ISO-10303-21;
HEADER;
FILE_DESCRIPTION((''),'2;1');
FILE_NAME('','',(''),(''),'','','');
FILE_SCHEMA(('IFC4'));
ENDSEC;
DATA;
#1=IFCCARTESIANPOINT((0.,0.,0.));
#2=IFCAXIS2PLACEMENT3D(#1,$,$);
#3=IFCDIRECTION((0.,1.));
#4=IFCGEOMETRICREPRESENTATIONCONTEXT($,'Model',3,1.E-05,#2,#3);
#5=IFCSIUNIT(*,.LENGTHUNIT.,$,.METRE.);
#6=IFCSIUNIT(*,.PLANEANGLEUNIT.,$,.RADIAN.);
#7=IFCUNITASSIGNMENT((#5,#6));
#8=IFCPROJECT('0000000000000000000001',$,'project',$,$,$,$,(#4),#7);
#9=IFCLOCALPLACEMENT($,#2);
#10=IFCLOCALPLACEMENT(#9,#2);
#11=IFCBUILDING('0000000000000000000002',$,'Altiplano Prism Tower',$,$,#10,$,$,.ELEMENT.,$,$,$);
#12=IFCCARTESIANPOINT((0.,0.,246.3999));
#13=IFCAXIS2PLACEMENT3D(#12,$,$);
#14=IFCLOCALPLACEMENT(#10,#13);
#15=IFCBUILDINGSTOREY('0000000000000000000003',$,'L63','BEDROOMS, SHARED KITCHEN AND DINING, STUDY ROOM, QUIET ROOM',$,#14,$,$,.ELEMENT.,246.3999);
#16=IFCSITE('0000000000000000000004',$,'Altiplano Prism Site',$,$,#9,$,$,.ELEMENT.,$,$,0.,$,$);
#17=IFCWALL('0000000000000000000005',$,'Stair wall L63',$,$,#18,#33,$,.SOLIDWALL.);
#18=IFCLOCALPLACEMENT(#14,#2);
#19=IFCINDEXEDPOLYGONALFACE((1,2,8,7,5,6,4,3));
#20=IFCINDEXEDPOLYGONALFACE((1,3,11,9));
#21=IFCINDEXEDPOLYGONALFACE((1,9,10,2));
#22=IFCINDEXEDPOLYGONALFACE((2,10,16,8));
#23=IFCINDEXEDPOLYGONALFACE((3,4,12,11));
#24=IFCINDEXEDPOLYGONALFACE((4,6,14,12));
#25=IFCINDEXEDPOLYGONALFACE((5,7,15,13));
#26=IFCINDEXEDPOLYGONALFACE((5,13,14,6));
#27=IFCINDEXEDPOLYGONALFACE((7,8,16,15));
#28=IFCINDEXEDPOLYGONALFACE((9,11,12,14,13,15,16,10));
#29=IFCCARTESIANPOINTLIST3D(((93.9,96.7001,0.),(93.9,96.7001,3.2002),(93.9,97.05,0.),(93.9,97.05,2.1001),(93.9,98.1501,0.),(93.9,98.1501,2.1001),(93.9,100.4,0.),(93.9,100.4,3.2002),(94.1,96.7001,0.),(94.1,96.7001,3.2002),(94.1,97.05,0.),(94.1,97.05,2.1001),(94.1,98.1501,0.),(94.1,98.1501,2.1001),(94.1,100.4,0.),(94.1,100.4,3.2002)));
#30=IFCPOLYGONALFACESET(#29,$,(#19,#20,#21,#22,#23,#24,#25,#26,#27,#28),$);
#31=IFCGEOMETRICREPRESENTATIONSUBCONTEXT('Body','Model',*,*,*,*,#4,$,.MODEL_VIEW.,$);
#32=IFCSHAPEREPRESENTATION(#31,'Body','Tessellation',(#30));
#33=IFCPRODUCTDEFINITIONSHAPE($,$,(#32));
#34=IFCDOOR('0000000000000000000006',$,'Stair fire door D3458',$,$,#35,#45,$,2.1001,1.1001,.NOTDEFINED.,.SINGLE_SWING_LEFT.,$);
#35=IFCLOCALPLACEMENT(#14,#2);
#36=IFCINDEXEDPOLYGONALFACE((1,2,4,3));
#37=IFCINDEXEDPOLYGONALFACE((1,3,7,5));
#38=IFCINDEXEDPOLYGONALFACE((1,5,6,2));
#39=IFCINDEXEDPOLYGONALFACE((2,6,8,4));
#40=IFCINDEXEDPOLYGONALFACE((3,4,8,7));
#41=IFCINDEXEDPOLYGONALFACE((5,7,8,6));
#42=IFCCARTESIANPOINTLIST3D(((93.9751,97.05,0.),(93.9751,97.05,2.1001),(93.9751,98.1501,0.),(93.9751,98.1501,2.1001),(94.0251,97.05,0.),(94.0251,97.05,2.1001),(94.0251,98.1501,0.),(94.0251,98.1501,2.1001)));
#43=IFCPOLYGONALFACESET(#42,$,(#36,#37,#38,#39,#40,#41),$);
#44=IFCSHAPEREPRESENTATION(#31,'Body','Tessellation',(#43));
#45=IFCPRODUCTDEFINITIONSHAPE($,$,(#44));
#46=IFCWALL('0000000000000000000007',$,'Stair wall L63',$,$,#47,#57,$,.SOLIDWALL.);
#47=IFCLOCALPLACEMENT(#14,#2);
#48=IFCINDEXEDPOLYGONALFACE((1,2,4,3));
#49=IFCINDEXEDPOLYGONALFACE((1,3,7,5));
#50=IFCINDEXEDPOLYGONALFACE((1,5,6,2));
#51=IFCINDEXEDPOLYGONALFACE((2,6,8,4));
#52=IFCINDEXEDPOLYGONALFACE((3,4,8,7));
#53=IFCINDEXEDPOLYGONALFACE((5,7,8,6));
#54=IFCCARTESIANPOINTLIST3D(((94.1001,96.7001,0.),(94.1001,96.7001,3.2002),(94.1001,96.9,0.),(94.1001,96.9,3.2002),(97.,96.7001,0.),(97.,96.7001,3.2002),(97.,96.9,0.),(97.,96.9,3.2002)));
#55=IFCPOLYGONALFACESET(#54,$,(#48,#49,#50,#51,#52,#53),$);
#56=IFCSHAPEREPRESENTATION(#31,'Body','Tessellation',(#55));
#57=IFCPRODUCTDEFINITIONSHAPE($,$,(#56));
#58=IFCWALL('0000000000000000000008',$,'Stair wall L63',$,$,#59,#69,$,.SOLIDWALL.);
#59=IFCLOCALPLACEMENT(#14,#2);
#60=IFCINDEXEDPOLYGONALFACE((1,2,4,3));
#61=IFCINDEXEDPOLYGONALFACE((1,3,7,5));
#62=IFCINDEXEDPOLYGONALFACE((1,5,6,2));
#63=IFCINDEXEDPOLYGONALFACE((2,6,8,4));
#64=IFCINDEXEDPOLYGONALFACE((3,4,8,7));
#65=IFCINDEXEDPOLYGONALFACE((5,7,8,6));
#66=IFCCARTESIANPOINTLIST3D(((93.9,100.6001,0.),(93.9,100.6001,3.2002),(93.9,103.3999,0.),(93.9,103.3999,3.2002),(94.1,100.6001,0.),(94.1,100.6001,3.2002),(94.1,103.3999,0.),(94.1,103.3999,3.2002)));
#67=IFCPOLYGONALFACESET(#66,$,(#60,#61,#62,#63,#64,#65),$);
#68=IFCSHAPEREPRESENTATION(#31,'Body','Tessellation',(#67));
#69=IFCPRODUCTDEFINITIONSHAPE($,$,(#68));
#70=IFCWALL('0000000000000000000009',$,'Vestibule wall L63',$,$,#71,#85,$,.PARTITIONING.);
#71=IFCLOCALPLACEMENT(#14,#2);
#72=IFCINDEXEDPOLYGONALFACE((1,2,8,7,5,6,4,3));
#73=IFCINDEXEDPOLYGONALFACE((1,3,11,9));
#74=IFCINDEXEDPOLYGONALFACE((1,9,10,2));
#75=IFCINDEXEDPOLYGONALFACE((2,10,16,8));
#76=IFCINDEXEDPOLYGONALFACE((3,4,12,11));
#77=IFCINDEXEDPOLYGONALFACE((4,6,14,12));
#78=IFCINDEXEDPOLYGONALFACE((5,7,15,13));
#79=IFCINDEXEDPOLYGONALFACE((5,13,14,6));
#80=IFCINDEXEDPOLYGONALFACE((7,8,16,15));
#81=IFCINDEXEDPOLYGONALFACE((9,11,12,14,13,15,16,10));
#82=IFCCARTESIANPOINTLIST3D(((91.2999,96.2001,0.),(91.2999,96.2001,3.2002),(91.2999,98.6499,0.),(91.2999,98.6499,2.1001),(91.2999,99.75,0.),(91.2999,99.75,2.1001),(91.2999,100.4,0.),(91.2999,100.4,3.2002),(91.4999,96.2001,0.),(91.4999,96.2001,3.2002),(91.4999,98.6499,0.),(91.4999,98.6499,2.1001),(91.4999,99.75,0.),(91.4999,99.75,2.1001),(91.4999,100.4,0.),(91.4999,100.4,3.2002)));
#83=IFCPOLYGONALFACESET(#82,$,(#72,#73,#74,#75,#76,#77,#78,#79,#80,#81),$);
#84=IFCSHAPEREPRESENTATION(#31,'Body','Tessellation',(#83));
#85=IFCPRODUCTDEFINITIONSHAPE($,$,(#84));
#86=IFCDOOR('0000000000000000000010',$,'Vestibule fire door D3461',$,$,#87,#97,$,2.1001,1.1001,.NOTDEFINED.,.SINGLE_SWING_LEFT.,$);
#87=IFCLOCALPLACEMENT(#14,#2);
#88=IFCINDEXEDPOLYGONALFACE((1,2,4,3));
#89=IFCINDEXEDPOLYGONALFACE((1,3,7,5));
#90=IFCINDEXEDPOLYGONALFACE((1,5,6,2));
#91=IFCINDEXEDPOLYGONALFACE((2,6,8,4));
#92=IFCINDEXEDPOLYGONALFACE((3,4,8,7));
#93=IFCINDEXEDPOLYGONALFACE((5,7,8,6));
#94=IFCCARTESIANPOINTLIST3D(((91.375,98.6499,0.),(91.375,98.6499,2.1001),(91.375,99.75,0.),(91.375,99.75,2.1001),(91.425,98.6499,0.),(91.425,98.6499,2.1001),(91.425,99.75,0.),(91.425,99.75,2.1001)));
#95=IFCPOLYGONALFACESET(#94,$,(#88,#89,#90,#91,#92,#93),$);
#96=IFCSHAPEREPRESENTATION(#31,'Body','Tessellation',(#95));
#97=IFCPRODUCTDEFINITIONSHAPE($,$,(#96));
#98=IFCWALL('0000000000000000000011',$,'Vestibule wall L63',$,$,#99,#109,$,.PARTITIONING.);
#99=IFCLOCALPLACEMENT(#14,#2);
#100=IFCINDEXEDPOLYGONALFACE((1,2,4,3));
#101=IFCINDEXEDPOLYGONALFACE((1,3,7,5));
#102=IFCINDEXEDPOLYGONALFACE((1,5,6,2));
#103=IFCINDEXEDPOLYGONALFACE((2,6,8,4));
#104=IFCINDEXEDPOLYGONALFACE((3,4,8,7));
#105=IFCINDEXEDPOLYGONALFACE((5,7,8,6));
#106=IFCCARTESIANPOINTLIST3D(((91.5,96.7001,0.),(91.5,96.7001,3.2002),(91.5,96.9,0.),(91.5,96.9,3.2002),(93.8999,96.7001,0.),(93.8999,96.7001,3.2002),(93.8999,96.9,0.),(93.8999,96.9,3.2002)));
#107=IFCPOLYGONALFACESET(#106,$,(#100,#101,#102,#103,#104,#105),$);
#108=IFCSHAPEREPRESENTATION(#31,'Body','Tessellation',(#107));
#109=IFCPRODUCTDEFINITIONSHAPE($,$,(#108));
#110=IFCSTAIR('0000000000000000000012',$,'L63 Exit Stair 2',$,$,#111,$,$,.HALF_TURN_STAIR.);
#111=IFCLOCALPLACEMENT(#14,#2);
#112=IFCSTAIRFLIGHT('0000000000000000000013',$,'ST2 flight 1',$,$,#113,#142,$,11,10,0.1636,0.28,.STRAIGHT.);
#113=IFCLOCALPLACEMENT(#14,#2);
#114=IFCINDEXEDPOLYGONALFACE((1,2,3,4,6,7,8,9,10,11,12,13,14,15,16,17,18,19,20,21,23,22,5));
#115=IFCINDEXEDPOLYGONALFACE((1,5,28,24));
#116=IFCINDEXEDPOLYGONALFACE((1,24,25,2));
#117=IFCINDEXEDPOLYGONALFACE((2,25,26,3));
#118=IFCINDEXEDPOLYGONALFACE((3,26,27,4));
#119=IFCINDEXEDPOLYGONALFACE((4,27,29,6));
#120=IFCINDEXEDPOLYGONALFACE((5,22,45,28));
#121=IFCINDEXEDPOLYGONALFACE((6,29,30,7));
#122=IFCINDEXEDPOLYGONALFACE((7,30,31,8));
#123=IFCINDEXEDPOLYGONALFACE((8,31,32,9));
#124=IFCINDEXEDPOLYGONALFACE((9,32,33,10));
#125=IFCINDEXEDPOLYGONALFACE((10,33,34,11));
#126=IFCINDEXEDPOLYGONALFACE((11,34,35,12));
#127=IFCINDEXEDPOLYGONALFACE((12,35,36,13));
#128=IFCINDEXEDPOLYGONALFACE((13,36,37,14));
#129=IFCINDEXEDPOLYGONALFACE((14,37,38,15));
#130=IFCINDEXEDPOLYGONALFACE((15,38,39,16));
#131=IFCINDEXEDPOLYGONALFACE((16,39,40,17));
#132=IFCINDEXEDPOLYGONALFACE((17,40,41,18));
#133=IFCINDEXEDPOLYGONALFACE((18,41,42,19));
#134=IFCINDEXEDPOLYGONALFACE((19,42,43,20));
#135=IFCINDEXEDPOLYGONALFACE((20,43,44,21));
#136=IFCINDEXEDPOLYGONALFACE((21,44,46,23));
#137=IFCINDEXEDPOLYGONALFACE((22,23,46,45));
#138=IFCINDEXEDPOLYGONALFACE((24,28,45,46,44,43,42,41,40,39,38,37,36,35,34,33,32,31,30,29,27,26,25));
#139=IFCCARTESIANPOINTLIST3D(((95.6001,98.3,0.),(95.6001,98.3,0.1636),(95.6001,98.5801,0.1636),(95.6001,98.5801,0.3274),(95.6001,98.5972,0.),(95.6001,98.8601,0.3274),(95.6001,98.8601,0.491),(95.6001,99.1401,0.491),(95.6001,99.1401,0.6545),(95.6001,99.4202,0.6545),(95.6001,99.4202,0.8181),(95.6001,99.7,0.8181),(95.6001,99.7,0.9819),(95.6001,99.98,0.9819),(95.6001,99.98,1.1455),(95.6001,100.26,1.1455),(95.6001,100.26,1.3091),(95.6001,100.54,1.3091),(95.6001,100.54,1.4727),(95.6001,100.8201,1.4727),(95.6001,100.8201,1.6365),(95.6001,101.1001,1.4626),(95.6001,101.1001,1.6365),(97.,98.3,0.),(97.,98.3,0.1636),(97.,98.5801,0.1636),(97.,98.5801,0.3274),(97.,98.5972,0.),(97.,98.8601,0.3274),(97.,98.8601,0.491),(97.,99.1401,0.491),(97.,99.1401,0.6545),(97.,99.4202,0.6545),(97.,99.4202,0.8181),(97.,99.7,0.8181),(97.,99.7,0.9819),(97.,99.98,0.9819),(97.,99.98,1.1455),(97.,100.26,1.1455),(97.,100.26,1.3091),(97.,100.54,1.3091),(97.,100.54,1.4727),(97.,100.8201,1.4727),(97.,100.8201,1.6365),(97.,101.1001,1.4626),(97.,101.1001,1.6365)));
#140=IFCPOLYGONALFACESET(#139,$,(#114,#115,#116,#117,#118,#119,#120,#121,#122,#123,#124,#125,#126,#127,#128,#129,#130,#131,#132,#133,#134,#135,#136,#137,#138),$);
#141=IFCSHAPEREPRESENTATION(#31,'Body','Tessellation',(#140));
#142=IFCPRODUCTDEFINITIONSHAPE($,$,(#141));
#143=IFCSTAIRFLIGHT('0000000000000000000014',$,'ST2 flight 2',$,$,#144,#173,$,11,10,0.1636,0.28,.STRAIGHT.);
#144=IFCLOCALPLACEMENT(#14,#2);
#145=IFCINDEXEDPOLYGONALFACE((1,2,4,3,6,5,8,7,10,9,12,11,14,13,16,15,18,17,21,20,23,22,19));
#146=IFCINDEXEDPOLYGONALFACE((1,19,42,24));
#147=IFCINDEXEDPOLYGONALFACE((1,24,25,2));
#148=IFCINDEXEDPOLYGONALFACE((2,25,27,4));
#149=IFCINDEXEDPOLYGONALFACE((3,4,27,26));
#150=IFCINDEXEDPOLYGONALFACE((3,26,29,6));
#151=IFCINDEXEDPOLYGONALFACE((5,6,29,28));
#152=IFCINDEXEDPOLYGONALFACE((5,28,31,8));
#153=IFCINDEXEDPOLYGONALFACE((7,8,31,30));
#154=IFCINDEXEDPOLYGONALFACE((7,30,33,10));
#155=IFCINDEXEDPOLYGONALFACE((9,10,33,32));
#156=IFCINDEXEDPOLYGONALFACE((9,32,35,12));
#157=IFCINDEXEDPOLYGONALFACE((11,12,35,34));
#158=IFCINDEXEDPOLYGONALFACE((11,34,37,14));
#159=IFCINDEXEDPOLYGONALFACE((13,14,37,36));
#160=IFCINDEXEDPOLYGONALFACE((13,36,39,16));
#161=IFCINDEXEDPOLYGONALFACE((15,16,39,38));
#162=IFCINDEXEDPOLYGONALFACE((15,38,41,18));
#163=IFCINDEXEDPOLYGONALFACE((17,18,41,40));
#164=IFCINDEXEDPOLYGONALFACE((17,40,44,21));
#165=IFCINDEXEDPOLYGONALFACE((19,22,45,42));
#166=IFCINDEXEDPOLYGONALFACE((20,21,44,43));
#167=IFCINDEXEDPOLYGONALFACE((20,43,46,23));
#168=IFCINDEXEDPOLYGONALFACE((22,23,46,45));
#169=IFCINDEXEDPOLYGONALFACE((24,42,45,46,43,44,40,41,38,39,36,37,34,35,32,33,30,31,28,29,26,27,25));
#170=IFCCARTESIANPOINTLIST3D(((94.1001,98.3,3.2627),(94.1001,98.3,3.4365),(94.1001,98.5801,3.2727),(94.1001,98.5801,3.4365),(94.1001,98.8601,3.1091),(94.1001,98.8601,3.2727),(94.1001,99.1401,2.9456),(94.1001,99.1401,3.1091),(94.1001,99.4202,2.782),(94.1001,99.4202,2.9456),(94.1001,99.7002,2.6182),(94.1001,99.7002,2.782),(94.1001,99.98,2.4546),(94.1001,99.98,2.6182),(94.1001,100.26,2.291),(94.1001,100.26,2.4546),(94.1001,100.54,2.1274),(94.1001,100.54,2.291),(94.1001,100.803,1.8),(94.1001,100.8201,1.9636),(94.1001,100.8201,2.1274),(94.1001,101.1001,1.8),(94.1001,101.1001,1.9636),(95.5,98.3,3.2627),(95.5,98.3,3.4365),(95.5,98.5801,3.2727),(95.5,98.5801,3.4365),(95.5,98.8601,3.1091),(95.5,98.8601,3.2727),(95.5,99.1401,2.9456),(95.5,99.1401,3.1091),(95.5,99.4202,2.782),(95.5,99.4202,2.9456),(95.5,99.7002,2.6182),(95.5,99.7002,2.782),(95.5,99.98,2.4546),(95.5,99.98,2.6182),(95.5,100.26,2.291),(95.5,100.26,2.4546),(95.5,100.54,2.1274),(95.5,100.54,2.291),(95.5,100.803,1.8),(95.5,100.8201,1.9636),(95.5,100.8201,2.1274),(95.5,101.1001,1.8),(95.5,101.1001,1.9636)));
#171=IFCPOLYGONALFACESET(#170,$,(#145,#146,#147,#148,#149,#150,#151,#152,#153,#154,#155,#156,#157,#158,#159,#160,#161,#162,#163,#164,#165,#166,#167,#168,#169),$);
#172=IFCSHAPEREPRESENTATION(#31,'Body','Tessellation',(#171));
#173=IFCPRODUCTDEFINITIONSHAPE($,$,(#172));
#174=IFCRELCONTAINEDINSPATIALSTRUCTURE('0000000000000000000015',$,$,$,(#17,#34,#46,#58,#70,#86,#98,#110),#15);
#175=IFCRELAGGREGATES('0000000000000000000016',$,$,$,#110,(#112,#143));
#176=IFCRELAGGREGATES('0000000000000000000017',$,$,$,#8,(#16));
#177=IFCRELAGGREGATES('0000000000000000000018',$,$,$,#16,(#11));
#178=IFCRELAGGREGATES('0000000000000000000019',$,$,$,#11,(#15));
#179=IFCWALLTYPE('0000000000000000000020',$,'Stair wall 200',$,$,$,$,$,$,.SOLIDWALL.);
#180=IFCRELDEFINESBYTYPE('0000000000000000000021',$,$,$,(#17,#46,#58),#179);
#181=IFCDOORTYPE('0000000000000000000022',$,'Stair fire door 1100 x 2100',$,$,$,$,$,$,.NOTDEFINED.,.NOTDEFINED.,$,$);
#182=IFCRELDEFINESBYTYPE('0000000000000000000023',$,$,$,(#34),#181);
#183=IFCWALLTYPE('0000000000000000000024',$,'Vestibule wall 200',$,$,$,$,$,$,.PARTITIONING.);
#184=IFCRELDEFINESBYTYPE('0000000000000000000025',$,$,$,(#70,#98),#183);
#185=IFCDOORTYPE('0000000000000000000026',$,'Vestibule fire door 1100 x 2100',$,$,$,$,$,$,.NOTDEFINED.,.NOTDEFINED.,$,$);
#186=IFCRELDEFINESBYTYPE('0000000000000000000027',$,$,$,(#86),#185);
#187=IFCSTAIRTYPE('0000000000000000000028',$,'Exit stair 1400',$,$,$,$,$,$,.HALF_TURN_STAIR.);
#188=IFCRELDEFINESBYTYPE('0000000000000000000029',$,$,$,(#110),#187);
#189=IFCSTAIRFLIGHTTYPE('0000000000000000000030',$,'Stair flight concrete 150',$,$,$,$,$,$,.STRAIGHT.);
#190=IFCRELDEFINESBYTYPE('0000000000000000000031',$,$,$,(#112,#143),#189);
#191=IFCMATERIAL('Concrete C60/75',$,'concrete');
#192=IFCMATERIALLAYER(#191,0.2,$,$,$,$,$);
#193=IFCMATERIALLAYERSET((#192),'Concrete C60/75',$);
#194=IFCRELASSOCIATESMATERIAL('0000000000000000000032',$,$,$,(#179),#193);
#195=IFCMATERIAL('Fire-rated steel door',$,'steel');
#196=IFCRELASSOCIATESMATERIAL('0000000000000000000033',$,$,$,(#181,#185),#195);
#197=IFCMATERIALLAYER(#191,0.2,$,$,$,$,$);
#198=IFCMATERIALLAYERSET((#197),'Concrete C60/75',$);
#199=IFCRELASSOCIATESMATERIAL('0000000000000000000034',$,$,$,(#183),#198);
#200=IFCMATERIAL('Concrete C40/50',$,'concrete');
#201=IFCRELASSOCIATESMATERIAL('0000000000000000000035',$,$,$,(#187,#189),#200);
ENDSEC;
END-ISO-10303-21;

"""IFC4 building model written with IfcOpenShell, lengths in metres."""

from ifc_helpers import new_model, si_unit, direction, frame, frame_2d, origin, place, context, subcontext, project, spatial, polyline, rectangle, outline, extrude, material, layer, layer_set, type_object, element, fill, aggregate, save


model = new_model("IFC4")

# Units and contexts
model_context = context("Model", 3, precision=1e-05, world=origin(), true_north=direction((0.0, 1.0)))
body_context = subcontext(model_context, "Body", "Model", "MODEL_VIEW")
ifc_project = project(units=[si_unit("LENGTHUNIT", "METRE"), si_unit("PLANEANGLEUNIT", "RADIAN")], contexts=[model_context])

# Site, building, storey
site_placement = place(None, origin())
site = spatial("IfcSite", under=ifc_project, at=site_placement, Name="Altiplano Prism Site", CompositionType="ELEMENT", RefElevation=0.0)
building_placement = place(site_placement, origin())
building = spatial("IfcBuilding", under=site, at=building_placement, Name="Altiplano Prism Tower", CompositionType="ELEMENT")
storey_placement = place(building_placement, frame((0.0, 0.0, 246.3999)))
storey = spatial("IfcBuildingStorey", under=building, at=storey_placement, Name="L63", Description="BEDROOMS, SHARED KITCHEN AND DINING, STUDY ROOM, QUIET ROOM", CompositionType="ELEMENT", Elevation=246.3999)

# Shared definitions
ifc_material_1 = material(Name="Concrete C60/75", Category="concrete")

# Wall, opening, door
ifc_layer_1 = layer(ifc_material_1, 0.2)
ifc_layer_set_1 = layer_set([ifc_layer_1], Name="Concrete C60/75")
wall_type_1 = type_object("IfcWallType", Name="Stair wall 200", PredefinedType="SOLIDWALL", material=ifc_layer_set_1)
wall_1_placement = place(storey_placement, frame((94.0, 96.7, 0.0), z_axis=(0.0, 0.0, 1.0), x_axis=(0.0, 1.0, 0.0)))
wall_1 = element("IfcWall", 1, at=wall_1_placement, inside=storey, type_object=wall_type_1, Name="Stair wall L63", PredefinedType="SOLIDWALL", context=body_context, shape_type="SweptSolid", body=[
    extrude(rectangle(XDim=3.7, YDim=0.2, at=frame_2d((1.8501, 0.0))), origin(), (0.0, 0.0, 1.0), 3.2002),
])
opening_1_placement = place(wall_1_placement, frame((0.3501, 0.0, 0.0)))
opening_1 = element("IfcOpeningElement", 2, at=opening_1_placement, cuts=wall_1, PredefinedType="OPENING", context=body_context, shape_type="SweptSolid", body=[
    extrude(rectangle(XDim=1.1001, YDim=2.1001, at=frame_2d((0.55, 1.05))), frame((0.0, 0.1104, 0.0), z_axis=(0.0, -1.0, 0.0), x_axis=(1.0, 0.0, 0.0)), (0.0, 0.0, 1.0), 0.2209),
])
ifc_material_2 = material(Name="Fire-rated steel door", Category="steel")
door_type_1 = type_object("IfcDoorType", Name="Stair fire door 1100 x 2100", OperationType="NOTDEFINED", PredefinedType="NOTDEFINED", material=ifc_material_2)
door_1_placement = place(opening_1_placement, origin())
door_1 = element("IfcDoor", 3, at=door_1_placement, inside=storey, type_object=door_type_1, Name="Stair fire door D3458", OperationType="SINGLE_SWING_LEFT", OverallHeight=2.1001, OverallWidth=1.1001, PredefinedType="NOTDEFINED", context=body_context, shape_type="SweptSolid", body=[
    extrude(rectangle(XDim=1.1001, YDim=2.1001, at=frame_2d((0.55, 1.05))), frame((0.0, 0.0249, 0.0), z_axis=(0.0, -1.0, 0.0), x_axis=(1.0, 0.0, 0.0)), (0.0, 0.0, 1.0), 0.05),
])
fill(opening_1, door_1)

# Walls
wall_2_placement = place(storey_placement, frame((94.1001, 96.8, 0.0), z_axis=(0.0, 0.0, 1.0), x_axis=(1.0, 0.0, 0.0)))
element("IfcWall", 4, at=wall_2_placement, inside=storey, type_object=wall_type_1, Name="Stair wall L63", PredefinedType="SOLIDWALL", context=body_context, shape_type="SweptSolid", body=[
    extrude(rectangle(XDim=2.8999, YDim=0.2, at=frame_2d((1.45, 0.0))), origin(), (0.0, 0.0, 1.0), 3.2002),
])
wall_3_placement = place(storey_placement, frame((94.0, 100.6001, 0.0), z_axis=(0.0, 0.0, 1.0), x_axis=(0.0, 1.0, 0.0)))
element("IfcWall", 5, at=wall_3_placement, inside=storey, type_object=wall_type_1, Name="Stair wall L63", PredefinedType="SOLIDWALL", context=body_context, shape_type="SweptSolid", body=[
    extrude(rectangle(XDim=2.7998, YDim=0.2, at=frame_2d((1.3999, 0.0))), origin(), (0.0, 0.0, 1.0), 3.2002),
])

# Wall, opening, door
ifc_layer_2 = layer(ifc_material_1, 0.2)
ifc_layer_set_2 = layer_set([ifc_layer_2], Name="Concrete C60/75")
wall_type_2 = type_object("IfcWallType", Name="Vestibule wall 200", PredefinedType="PARTITIONING", material=ifc_layer_set_2)
wall_4_placement = place(storey_placement, frame((91.3999, 96.2, 0.0), z_axis=(0.0, 0.0, 1.0), x_axis=(0.0, 1.0, 0.0)))
wall_4 = element("IfcWall", 6, at=wall_4_placement, inside=storey, type_object=wall_type_2, Name="Vestibule wall L63", PredefinedType="PARTITIONING", context=body_context, shape_type="SweptSolid", body=[
    extrude(rectangle(XDim=4.2, YDim=0.2, at=frame_2d((2.1001, 0.0))), origin(), (0.0, 0.0, 1.0), 3.2002),
])
opening_2_placement = place(wall_4_placement, frame((2.45, 0.0, 0.0)))
opening_2 = element("IfcOpeningElement", 7, at=opening_2_placement, cuts=wall_4, PredefinedType="OPENING", context=body_context, shape_type="SweptSolid", body=[
    extrude(rectangle(XDim=1.1001, YDim=2.1001, at=frame_2d((0.55, 1.05))), frame((0.0, 0.1104, 0.0), z_axis=(0.0, -1.0, 0.0), x_axis=(1.0, 0.0, 0.0)), (0.0, 0.0, 1.0), 0.2209),
])
door_type_2 = type_object("IfcDoorType", Name="Vestibule fire door 1100 x 2100", OperationType="NOTDEFINED", PredefinedType="NOTDEFINED", material=ifc_material_2)
door_2_placement = place(opening_2_placement, origin())
door_2 = element("IfcDoor", 8, at=door_2_placement, inside=storey, type_object=door_type_2, Name="Vestibule fire door D3461", OperationType="SINGLE_SWING_LEFT", OverallHeight=2.1001, OverallWidth=1.1001, PredefinedType="NOTDEFINED", context=body_context, shape_type="SweptSolid", body=[
    extrude(rectangle(XDim=1.1001, YDim=2.1001, at=frame_2d((0.55, 1.05))), frame((0.0, 0.0249, 0.0), z_axis=(0.0, -1.0, 0.0), x_axis=(1.0, 0.0, 0.0)), (0.0, 0.0, 1.0), 0.05),
])
fill(opening_2, door_2)

# Wall
wall_5_placement = place(storey_placement, frame((91.5, 96.8, 0.0), z_axis=(0.0, 0.0, 1.0), x_axis=(1.0, 0.0, 0.0)))
element("IfcWall", 9, at=wall_5_placement, inside=storey, type_object=wall_type_2, Name="Vestibule wall L63", PredefinedType="PARTITIONING", context=body_context, shape_type="SweptSolid", body=[
    extrude(rectangle(XDim=2.3999, YDim=0.2, at=frame_2d((1.2, 0.0))), origin(), (0.0, 0.0, 1.0), 3.2002),
])

# Stair, stair flights
ifc_material_3 = material(Name="Concrete C40/50", Category="concrete")
stair_type = type_object("IfcStairType", Name="Exit stair 1400", PredefinedType="HALF_TURN_STAIR", material=ifc_material_3)
stair_placement = place(storey_placement, origin())
stair = element("IfcStair", 10, at=stair_placement, inside=storey, type_object=stair_type, Name="L63 Exit Stair 2", PredefinedType="HALF_TURN_STAIR")
stair_flight_type = type_object("IfcStairFlightType", Name="Stair flight concrete 150", PredefinedType="STRAIGHT", material=ifc_material_3)
stair_flight_1_placement = place(storey_placement, frame((96.3, 98.3, 0.0), z_axis=(0.0, 0.0, 1.0), x_axis=(0.0, 1.0, 0.0)))
stair_flight_1 = element("IfcStairFlight", 11, at=stair_flight_1_placement, type_object=stair_flight_type, Name="ST2 flight 1", NumberOfRisers=11, NumberOfTreads=10, PredefinedType="STRAIGHT", RiserHeight=0.1636, TreadLength=0.28, context=body_context, shape_type="SweptSolid", body=[
    extrude(outline(polyline([(0.0, 0.0), (0.0, 0.1636), (0.28, 0.1636), (0.28, 0.3274), (0.5601, 0.3274), (0.5601, 0.491), (0.8401, 0.491), (0.8401, 0.6545), (1.1201, 0.6545), (1.1201, 0.8181), (1.3999, 0.8181), (1.3999, 0.9819), (1.6799, 0.9819), (1.6799, 1.1455), (1.96, 1.1455), (1.96, 1.3091), (2.24, 1.3091), (2.24, 1.4727), (2.52, 1.4727), (2.52, 1.6365), (2.8, 1.6365), (2.8, 1.8), (2.8, 1.4626), (0.2971, 0.0), (0.0, 0.0)])), frame((0.0, 0.7, 0.0), z_axis=(0.0, -1.0, 0.0), x_axis=(1.0, 0.0, 0.0)), (0.0, 0.0, 1.0), 1.3999),
])
stair_flight_2_placement = place(storey_placement, frame((94.8, 101.1001, 1.8), z_axis=(0.0, 0.0, 1.0), x_axis=(0.0, -1.0, 0.0)))
stair_flight_2 = element("IfcStairFlight", 12, at=stair_flight_2_placement, type_object=stair_flight_type, Name="ST2 flight 2", NumberOfRisers=11, NumberOfTreads=10, PredefinedType="STRAIGHT", RiserHeight=0.1636, TreadLength=0.28, context=body_context, shape_type="SweptSolid", body=[
    extrude(outline(polyline([(0.0, 0.0), (0.0, 0.1636), (0.28, 0.1636), (0.28, 0.3274), (0.5601, 0.3274), (0.5601, 0.491), (0.8401, 0.491), (0.8401, 0.6545), (1.1201, 0.6545), (1.1201, 0.8181), (1.3999, 0.8181), (1.3999, 0.9819), (1.6799, 0.9819), (1.6799, 1.1455), (1.96, 1.1455), (1.96, 1.3091), (2.24, 1.3091), (2.24, 1.4727), (2.52, 1.4727), (2.52, 1.6365), (2.8, 1.6365), (2.8, 1.8), (2.8, 1.4626), (0.2971, 0.0), (0.0, 0.0)])), frame((0.0, 0.7, 0.0), z_axis=(0.0, -1.0, 0.0), x_axis=(1.0, 0.0, 0.0)), (0.0, 0.0, 1.0), 1.3999),
])
aggregate(stair, [stair_flight_1, stair_flight_2])

save(model, "model.ifc")
